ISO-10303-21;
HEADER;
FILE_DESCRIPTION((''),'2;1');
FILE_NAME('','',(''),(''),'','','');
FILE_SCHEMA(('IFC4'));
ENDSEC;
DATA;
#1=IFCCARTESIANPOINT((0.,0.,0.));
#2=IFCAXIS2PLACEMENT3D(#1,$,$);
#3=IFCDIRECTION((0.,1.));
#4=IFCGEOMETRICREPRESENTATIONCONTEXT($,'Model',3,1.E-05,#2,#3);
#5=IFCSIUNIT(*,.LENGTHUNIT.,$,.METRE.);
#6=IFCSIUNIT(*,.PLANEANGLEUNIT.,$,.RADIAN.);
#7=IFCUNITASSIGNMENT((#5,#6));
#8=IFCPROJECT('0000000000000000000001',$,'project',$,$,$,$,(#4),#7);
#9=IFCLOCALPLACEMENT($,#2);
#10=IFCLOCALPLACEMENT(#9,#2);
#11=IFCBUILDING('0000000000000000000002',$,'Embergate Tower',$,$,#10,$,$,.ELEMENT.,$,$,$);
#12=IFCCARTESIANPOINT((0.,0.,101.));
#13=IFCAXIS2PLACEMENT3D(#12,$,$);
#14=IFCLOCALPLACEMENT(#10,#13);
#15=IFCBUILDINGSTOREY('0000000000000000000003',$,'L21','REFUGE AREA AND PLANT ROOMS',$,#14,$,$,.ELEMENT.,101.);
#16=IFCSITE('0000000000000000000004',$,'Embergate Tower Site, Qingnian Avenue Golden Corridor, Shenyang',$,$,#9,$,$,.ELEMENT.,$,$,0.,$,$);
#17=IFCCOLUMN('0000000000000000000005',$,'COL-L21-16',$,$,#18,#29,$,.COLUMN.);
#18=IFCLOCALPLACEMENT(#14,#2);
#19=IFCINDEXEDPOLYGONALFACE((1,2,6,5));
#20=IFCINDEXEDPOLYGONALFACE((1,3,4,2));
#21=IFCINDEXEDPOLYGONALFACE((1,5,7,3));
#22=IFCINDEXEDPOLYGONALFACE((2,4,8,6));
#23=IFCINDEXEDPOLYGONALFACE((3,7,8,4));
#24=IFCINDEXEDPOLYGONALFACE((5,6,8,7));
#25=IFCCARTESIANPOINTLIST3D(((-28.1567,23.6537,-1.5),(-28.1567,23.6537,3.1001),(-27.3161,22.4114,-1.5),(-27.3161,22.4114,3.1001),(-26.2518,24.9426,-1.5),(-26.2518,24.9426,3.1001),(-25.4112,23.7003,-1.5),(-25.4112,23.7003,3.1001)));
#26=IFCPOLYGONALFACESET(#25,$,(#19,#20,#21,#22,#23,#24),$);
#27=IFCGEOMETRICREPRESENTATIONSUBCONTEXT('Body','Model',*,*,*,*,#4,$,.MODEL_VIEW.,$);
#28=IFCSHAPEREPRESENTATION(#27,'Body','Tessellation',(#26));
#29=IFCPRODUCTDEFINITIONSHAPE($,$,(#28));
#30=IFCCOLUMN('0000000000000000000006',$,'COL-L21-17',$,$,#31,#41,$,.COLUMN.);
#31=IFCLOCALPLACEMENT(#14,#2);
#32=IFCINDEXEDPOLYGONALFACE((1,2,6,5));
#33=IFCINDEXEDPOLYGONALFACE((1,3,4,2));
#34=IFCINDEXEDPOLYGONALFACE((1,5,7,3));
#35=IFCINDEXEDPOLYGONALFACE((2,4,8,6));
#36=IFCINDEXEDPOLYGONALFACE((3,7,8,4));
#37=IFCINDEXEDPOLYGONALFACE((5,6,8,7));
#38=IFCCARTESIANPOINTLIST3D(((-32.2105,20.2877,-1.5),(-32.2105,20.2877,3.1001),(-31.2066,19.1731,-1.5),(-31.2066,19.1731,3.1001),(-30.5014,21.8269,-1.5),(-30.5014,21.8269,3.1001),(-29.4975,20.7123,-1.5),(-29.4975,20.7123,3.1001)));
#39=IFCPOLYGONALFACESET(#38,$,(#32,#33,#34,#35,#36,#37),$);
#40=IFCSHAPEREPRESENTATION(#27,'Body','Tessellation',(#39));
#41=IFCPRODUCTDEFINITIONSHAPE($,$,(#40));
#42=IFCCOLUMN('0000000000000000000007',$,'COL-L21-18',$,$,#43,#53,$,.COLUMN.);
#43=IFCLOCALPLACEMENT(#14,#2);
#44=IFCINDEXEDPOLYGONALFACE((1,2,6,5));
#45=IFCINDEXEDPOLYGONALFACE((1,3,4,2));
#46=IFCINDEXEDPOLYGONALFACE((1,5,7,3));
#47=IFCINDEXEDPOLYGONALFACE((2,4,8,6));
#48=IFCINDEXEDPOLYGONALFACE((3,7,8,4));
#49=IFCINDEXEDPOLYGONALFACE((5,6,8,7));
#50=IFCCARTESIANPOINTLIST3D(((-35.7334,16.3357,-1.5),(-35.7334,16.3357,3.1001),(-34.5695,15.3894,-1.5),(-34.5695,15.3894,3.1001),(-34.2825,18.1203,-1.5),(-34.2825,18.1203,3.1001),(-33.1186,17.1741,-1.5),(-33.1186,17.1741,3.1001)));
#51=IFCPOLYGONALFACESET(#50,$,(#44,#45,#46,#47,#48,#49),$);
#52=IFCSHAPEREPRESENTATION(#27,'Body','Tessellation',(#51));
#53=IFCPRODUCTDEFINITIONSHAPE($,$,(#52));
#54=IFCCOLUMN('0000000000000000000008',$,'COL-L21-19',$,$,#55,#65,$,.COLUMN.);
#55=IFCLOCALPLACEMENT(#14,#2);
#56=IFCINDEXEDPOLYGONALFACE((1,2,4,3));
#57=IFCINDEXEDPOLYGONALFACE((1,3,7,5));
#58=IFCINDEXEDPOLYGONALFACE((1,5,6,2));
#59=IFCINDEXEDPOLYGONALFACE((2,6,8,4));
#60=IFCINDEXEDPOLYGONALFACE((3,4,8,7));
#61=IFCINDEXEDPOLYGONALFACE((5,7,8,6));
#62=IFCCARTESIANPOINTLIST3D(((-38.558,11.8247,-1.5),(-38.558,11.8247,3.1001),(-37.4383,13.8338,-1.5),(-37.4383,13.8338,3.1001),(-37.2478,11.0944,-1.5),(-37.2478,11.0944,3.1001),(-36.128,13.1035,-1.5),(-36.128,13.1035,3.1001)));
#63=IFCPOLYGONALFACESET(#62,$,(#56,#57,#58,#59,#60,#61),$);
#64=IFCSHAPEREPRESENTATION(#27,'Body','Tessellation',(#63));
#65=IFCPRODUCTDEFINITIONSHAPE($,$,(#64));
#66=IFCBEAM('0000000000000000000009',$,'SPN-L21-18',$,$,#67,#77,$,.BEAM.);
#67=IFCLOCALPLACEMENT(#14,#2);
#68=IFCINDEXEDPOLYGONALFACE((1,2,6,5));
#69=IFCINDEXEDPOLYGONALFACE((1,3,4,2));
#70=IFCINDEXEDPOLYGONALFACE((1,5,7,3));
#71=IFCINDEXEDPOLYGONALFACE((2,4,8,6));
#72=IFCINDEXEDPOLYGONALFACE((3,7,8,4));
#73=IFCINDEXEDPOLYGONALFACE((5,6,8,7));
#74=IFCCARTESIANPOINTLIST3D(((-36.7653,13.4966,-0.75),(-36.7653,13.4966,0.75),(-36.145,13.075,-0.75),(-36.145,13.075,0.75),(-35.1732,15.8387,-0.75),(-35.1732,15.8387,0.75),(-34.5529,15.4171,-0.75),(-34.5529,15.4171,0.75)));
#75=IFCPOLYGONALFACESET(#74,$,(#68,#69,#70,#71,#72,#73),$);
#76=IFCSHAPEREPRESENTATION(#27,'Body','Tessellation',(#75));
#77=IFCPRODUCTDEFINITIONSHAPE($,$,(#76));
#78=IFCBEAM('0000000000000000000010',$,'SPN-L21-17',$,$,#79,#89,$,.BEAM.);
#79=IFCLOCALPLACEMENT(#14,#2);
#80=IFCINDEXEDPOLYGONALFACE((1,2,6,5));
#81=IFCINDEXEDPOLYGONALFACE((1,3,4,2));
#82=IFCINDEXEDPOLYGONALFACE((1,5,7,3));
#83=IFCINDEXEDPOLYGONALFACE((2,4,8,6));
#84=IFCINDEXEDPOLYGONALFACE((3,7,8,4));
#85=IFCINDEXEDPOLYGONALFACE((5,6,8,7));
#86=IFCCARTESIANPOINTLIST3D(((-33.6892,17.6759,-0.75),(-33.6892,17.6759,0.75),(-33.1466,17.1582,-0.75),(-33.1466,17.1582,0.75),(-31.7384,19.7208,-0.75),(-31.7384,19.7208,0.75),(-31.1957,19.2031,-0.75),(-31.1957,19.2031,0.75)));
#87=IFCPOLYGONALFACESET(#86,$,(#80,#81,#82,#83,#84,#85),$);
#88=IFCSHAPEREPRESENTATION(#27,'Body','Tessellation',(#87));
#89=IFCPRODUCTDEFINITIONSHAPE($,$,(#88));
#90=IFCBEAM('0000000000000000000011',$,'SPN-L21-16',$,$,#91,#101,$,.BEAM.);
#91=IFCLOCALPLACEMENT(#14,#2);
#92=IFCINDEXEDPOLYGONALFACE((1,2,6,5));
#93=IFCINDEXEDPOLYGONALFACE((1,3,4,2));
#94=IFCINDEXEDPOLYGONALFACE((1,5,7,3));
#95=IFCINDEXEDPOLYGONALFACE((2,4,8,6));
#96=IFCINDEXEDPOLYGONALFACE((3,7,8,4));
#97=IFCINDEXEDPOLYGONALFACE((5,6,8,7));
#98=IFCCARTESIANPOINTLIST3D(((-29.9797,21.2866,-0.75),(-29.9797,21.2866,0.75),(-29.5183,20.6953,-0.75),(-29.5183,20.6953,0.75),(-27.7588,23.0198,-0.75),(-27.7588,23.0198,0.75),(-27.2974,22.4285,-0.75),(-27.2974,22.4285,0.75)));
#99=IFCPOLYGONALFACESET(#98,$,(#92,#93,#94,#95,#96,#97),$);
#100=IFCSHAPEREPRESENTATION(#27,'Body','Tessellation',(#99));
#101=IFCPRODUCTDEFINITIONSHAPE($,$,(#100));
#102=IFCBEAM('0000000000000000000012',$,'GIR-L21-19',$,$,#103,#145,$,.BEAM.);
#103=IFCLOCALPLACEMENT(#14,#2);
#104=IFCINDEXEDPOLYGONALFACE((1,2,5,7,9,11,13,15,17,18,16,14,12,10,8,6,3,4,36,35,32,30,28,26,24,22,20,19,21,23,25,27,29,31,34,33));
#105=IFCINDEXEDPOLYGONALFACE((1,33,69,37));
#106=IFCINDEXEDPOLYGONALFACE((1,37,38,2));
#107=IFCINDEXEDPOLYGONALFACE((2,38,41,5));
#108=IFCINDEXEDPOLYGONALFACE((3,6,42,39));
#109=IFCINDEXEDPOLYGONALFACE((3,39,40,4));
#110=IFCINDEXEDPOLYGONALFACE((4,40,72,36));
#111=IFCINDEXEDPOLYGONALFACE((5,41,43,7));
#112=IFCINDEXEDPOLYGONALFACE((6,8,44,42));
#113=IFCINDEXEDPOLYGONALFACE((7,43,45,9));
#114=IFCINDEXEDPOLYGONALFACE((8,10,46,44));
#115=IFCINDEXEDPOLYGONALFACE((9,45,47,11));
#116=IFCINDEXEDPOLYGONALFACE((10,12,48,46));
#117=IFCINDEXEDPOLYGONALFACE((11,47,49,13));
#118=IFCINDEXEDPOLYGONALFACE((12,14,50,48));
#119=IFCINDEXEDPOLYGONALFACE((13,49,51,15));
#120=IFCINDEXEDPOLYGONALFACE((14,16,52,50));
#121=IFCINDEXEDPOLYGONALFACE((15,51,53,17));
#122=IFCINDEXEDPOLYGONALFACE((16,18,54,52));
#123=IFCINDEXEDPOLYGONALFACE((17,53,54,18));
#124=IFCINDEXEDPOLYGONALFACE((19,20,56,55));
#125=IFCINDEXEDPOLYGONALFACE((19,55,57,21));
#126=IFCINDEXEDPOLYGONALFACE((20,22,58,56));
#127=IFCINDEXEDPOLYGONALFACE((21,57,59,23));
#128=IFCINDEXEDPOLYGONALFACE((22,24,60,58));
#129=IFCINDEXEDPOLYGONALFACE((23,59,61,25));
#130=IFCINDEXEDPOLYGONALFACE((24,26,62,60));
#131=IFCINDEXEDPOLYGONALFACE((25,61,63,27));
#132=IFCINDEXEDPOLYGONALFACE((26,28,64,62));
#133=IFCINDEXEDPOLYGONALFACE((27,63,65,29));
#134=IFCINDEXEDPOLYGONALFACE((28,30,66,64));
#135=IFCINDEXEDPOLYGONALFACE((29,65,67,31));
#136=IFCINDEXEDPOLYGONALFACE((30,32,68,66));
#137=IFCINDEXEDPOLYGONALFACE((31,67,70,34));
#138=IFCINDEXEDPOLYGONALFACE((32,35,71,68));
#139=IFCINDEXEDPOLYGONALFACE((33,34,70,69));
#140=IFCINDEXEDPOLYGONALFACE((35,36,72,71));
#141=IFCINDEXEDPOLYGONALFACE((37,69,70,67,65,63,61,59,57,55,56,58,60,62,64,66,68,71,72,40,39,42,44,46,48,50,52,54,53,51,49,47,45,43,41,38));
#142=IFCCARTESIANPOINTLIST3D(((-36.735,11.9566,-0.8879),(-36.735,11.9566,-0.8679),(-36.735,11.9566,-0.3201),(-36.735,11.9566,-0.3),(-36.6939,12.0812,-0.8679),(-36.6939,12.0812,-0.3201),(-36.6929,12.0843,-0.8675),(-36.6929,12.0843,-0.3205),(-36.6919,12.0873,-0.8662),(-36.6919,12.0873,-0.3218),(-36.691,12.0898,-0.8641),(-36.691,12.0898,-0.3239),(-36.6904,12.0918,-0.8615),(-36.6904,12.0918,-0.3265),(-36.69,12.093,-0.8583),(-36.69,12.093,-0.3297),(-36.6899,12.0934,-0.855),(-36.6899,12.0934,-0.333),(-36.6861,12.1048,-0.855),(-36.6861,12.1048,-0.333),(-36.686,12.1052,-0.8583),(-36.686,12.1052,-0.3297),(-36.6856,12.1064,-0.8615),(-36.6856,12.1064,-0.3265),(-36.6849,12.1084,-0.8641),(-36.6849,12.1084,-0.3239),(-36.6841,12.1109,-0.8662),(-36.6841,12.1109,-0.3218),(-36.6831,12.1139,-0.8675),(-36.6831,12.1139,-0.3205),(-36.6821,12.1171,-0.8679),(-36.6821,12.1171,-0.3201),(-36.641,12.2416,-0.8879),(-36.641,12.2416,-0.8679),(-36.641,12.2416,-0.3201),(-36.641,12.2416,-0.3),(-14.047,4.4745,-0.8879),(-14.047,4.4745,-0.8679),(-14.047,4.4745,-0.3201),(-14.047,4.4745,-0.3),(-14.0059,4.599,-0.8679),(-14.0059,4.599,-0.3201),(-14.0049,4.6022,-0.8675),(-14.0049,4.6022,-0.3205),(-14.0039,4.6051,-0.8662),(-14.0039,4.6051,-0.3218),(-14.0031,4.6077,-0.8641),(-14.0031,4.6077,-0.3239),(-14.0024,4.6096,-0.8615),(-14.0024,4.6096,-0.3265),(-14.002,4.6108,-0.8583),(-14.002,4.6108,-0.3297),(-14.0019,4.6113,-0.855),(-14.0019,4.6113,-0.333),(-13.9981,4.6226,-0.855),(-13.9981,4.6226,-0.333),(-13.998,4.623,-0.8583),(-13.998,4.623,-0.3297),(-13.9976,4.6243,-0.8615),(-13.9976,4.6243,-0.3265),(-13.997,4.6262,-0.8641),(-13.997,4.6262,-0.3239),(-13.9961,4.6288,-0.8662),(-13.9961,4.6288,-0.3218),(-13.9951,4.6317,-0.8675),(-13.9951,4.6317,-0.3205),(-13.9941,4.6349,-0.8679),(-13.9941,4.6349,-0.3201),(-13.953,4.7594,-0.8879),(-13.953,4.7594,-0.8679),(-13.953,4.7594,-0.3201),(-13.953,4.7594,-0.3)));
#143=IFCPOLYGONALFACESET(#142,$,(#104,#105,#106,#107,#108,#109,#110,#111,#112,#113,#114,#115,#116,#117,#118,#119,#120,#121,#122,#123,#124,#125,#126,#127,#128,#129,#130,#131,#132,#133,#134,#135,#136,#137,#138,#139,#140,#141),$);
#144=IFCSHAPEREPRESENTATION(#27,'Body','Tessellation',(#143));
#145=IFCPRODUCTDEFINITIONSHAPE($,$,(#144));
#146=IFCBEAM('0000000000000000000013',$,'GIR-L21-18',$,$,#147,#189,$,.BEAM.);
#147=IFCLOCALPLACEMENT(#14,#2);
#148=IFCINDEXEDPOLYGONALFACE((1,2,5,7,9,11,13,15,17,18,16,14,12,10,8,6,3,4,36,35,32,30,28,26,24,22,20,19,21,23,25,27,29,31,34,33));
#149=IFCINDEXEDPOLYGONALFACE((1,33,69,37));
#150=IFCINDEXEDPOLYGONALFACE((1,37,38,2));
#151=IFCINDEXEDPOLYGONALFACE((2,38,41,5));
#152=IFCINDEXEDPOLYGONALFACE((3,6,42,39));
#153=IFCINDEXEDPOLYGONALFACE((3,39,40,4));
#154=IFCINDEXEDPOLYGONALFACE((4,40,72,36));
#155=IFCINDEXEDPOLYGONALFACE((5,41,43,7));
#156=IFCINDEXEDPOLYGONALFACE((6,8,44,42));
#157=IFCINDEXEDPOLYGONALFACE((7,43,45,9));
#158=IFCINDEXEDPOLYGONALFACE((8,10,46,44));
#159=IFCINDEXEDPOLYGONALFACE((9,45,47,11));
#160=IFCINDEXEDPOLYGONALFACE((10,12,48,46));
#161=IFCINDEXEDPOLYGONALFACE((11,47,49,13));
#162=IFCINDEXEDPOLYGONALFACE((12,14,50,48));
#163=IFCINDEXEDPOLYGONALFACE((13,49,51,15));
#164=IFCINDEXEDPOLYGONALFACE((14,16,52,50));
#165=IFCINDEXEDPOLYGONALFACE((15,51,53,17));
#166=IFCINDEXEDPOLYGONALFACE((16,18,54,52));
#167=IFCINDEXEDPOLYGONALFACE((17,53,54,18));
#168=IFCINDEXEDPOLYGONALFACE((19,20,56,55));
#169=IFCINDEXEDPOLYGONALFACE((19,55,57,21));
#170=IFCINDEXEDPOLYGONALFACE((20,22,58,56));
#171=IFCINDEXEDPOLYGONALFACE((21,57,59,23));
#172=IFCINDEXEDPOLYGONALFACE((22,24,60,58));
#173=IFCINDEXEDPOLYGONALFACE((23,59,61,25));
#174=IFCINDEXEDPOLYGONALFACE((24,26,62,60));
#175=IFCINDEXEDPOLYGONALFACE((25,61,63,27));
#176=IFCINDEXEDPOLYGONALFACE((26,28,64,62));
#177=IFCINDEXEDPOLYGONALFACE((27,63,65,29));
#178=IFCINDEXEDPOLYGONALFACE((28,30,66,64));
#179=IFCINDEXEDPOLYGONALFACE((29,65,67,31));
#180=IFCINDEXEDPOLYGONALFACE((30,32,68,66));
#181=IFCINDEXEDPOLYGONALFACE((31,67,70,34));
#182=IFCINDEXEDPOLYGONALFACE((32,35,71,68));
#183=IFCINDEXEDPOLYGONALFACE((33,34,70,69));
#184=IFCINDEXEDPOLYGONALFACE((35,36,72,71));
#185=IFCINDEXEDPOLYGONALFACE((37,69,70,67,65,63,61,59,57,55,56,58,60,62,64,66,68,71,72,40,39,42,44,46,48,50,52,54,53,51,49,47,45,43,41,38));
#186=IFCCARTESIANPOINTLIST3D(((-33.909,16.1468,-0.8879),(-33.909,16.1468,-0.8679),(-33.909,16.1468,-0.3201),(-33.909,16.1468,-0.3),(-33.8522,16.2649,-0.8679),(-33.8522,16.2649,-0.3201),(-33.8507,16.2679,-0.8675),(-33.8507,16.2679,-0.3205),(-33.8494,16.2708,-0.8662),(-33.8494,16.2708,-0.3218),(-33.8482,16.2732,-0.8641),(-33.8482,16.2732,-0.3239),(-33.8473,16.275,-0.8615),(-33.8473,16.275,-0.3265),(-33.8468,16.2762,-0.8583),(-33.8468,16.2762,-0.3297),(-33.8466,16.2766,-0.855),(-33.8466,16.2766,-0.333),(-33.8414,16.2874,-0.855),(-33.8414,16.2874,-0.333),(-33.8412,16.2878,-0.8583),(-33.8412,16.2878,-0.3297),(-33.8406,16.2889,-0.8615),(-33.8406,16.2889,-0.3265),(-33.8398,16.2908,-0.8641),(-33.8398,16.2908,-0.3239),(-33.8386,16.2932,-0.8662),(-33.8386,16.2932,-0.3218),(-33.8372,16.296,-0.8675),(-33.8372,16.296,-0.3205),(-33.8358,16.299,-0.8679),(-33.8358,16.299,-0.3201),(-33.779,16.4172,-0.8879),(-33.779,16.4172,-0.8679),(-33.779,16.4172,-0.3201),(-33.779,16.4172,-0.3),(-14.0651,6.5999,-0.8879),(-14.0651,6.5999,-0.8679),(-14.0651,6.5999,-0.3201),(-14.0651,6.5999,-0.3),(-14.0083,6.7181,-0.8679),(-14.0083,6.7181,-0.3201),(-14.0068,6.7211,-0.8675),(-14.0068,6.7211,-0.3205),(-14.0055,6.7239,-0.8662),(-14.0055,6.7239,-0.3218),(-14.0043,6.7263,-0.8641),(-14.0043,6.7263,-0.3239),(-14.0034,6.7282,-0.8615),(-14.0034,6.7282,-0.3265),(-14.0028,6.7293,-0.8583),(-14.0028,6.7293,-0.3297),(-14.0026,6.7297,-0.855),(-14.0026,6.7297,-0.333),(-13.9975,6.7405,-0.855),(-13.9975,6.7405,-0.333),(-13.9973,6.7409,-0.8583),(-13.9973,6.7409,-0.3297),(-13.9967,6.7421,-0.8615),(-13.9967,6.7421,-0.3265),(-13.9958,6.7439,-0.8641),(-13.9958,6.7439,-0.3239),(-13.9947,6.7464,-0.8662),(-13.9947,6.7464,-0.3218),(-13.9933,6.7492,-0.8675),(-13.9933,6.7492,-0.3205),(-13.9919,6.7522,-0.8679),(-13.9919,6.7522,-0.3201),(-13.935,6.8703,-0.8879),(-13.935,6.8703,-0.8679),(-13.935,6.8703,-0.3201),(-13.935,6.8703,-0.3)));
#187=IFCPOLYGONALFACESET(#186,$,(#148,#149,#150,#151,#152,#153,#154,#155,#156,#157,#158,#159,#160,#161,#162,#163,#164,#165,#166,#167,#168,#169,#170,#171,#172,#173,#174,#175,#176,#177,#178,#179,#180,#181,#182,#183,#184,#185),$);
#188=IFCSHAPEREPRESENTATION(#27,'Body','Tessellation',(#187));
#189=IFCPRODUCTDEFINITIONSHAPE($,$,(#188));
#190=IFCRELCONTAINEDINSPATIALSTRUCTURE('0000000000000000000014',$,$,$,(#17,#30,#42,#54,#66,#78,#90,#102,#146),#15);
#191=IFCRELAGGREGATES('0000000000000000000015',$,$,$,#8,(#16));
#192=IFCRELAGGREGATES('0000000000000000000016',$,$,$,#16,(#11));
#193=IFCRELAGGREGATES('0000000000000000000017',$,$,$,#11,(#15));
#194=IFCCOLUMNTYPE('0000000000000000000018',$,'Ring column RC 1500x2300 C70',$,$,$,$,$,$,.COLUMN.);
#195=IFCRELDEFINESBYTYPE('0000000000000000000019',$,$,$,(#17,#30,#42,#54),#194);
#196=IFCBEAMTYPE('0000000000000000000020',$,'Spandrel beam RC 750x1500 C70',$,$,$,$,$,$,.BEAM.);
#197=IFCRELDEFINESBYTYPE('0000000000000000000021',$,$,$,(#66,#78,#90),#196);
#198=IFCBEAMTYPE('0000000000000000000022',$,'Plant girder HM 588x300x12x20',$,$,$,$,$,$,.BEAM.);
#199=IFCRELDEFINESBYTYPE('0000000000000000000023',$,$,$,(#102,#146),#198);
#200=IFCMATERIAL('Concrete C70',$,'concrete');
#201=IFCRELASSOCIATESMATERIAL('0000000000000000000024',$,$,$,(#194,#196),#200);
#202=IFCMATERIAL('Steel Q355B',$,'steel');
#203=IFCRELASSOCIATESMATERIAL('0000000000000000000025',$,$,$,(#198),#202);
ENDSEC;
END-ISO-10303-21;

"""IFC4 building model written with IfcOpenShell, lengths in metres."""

from ifc_helpers import new_model, si_unit, direction, frame, origin, origin_2d, place, context, subcontext, project, spatial, rectangle, i_section, extrude, source, transform, mapped, material, material_profile, profile_set, type_object, element, save


model = new_model("IFC4")

# Units and contexts
model_context = context("Model", 3, precision=1e-05, world=origin(), true_north=direction((0.0, 1.0)))
body_context = subcontext(model_context, "Body", "Model", "MODEL_VIEW")
ifc_project = project(units=[si_unit("LENGTHUNIT", "METRE"), si_unit("PLANEANGLEUNIT", "RADIAN")], contexts=[model_context])

# Site, building, storey
site_placement = place(None, origin())
site = spatial("IfcSite", under=ifc_project, at=site_placement, Name="Embergate Tower Site, Qingnian Avenue Golden Corridor, Shenyang", CompositionType="ELEMENT", RefElevation=0.0)
building_placement = place(site_placement, origin())
building = spatial("IfcBuilding", under=site, at=building_placement, Name="Embergate Tower", CompositionType="ELEMENT")
storey_placement = place(building_placement, frame((0.0, 0.0, 101.0)))
storey = spatial("IfcBuildingStorey", under=building, at=storey_placement, Name="L21", Description="REFUGE AREA AND PLANT ROOMS", CompositionType="ELEMENT", Elevation=101.0)

# Columns
ifc_material_1 = material(Name="Concrete C70", Category="concrete")
ifc_material_profile_1 = material_profile(ifc_material_1, rectangle(XDim=1.5, YDim=2.3, at=origin_2d()), Name="RC 1500x2300")
ifc_profile_set_1 = profile_set([ifc_material_profile_1], Name="Concrete C70")
column_type = type_object("IfcColumnType", Name="Ring column RC 1500x2300 C70", PredefinedType="COLUMN", material=ifc_profile_set_1)
shared_shape_1 = source(origin(), body_context, "Body", "SweptSolid", [
    extrude(rectangle(XDim=1.5, YDim=2.3, at=origin_2d()), origin(), (0.0, 0.0, 1.0), 4.6001),
])
for number, where, z_axis, x_axis, name in (
    (1, (-26.7839, 23.677, -1.5), (0.0, 0.0, 1.0), (-0.560408, 0.828217, 0.0), "COL-L21-16"),
    (2, (-30.854, 20.5, -1.5), (0.0, 0.0, 1.0), (-0.669221, 0.743063, 0.0), "COL-L21-17"),
    (3, (-34.426, 16.7549, -1.5), (0.0, 0.0, 1.0), (-0.775925, 0.630825, 0.0), "COL-L21-18"),
    (4, (-37.343, 12.4641, -1.5), (0.0, 0.0, 1.0), (-0.8735, 0.486823, 0.0), "COL-L21-19"),
):
    element("IfcColumn", number, at=place(storey_placement, frame(where, z_axis=z_axis, x_axis=x_axis)), inside=storey, type_object=column_type, Name=name, PredefinedType="COLUMN", context=body_context, shape_type="MappedRepresentation", body=[
        mapped(shared_shape_1, transform((0.0, 0.0, 0.0))),
    ])

# Beams
ifc_material_profile_2 = material_profile(ifc_material_1, rectangle(XDim=0.75, YDim=1.5, at=origin_2d()), Name="RC 750x1500")
ifc_profile_set_2 = profile_set([ifc_material_profile_2], Name="Concrete C70")
beam_type_1 = type_object("IfcBeamType", Name="Spandrel beam RC 750x1500 C70", PredefinedType="BEAM", material=ifc_profile_set_2)
shared_shape_2 = source(origin(), body_context, "Body", "SweptSolid", [
    extrude(rectangle(XDim=0.75, YDim=1.5, at=origin_2d()), origin(), (0.0, 0.0, 1.0), 2.832),
])
beam_1_placement = place(storey_placement, frame((-34.863, 15.6279, 0.0), z_axis=(-0.562178, -0.827016, 0.0), x_axis=(0.827016, -0.562178, 0.0)))
element("IfcBeam", 5, at=beam_1_placement, inside=storey, type_object=beam_type_1, Name="SPN-L21-18", PredefinedType="BEAM", context=body_context, shape_type="MappedRepresentation", body=[
    mapped(shared_shape_2, transform((0.0, 0.0, 0.0))),
])
shared_shape_3 = source(origin(), body_context, "Body", "SweptSolid", [
    extrude(rectangle(XDim=0.75, YDim=1.5, at=origin_2d()), origin(), (0.0, 0.0, 1.0), 2.8262),
])
beam_2_placement = place(storey_placement, frame((-31.467, 19.4619, 0.0), z_axis=(-0.690283, -0.72354, 0.0), x_axis=(0.72354, -0.690283, 0.0)))
element("IfcBeam", 6, at=beam_2_placement, inside=storey, type_object=beam_type_1, Name="SPN-L21-17", PredefinedType="BEAM", context=body_context, shape_type="MappedRepresentation", body=[
    mapped(shared_shape_3, transform((0.0, 0.0, 0.0))),
])
shared_shape_4 = source(origin(), body_context, "Body", "SweptSolid", [
    extrude(rectangle(XDim=0.75, YDim=1.5, at=origin_2d()), origin(), (0.0, 0.0, 1.0), 2.8171),
])
beam_3_placement = place(storey_placement, frame((-27.5281, 22.7241, 0.0), z_axis=(-0.788362, -0.615212, 0.0), x_axis=(0.615212, -0.788362, 0.0)))
element("IfcBeam", 7, at=beam_3_placement, inside=storey, type_object=beam_type_1, Name="SPN-L21-16", PredefinedType="BEAM", context=body_context, shape_type="MappedRepresentation", body=[
    mapped(shared_shape_4, transform((0.0, 0.0, 0.0))),
])
ifc_material_2 = material(Name="Steel Q355B", Category="steel")
ifc_material_profile_3 = material_profile(ifc_material_2, i_section(OverallWidth=0.3, OverallDepth=0.5879, WebThickness=0.012, FlangeThickness=0.02, FilletRadius=0.0129, at=origin_2d()), Name="HM 588x300x12x20")
ifc_profile_set_3 = profile_set([ifc_material_profile_3], Name="Steel Q355 grade B")
beam_type_2 = type_object("IfcBeamType", Name="Plant girder HM 588x300x12x20", PredefinedType="BEAM", material=ifc_profile_set_3)
shared_shape_5 = source(origin(), body_context, "Body", "SweptSolid", [
    extrude(i_section(OverallWidth=0.3, OverallDepth=0.5879, WebThickness=0.012, FlangeThickness=0.02, FilletRadius=0.0129, at=origin_2d()), origin(), (0.0, 0.0, 1.0), 23.8899),
])
beam_4_placement = place(storey_placement, frame((-36.688, 12.0991, -0.594), z_axis=(0.949689, -0.313194, 0.0), x_axis=(0.313194, 0.949689, 0.0)))
element("IfcBeam", 8, at=beam_4_placement, inside=storey, type_object=beam_type_2, Name="GIR-L21-19", PredefinedType="BEAM", context=body_context, shape_type="MappedRepresentation", body=[
    mapped(shared_shape_5, transform((0.0, 0.0, 0.0))),
])
shared_shape_6 = source(origin(), body_context, "Body", "SweptSolid", [
    extrude(i_section(OverallWidth=0.3, OverallDepth=0.5879, WebThickness=0.012, FlangeThickness=0.02, FilletRadius=0.0129, at=origin_2d()), origin(), (0.0, 0.0, 1.0), 22.021),
])
beam_5_placement = place(storey_placement, frame((-33.844, 16.282, -0.594), z_axis=(0.901137, -0.433534, 0.0), x_axis=(0.433534, 0.901137, 0.0)))
element("IfcBeam", 9, at=beam_5_placement, inside=storey, type_object=beam_type_2, Name="GIR-L21-18", PredefinedType="BEAM", context=body_context, shape_type="MappedRepresentation", body=[
    mapped(shared_shape_6, transform((0.0, 0.0, 0.0))),
])

save(model, "model.ifc")
